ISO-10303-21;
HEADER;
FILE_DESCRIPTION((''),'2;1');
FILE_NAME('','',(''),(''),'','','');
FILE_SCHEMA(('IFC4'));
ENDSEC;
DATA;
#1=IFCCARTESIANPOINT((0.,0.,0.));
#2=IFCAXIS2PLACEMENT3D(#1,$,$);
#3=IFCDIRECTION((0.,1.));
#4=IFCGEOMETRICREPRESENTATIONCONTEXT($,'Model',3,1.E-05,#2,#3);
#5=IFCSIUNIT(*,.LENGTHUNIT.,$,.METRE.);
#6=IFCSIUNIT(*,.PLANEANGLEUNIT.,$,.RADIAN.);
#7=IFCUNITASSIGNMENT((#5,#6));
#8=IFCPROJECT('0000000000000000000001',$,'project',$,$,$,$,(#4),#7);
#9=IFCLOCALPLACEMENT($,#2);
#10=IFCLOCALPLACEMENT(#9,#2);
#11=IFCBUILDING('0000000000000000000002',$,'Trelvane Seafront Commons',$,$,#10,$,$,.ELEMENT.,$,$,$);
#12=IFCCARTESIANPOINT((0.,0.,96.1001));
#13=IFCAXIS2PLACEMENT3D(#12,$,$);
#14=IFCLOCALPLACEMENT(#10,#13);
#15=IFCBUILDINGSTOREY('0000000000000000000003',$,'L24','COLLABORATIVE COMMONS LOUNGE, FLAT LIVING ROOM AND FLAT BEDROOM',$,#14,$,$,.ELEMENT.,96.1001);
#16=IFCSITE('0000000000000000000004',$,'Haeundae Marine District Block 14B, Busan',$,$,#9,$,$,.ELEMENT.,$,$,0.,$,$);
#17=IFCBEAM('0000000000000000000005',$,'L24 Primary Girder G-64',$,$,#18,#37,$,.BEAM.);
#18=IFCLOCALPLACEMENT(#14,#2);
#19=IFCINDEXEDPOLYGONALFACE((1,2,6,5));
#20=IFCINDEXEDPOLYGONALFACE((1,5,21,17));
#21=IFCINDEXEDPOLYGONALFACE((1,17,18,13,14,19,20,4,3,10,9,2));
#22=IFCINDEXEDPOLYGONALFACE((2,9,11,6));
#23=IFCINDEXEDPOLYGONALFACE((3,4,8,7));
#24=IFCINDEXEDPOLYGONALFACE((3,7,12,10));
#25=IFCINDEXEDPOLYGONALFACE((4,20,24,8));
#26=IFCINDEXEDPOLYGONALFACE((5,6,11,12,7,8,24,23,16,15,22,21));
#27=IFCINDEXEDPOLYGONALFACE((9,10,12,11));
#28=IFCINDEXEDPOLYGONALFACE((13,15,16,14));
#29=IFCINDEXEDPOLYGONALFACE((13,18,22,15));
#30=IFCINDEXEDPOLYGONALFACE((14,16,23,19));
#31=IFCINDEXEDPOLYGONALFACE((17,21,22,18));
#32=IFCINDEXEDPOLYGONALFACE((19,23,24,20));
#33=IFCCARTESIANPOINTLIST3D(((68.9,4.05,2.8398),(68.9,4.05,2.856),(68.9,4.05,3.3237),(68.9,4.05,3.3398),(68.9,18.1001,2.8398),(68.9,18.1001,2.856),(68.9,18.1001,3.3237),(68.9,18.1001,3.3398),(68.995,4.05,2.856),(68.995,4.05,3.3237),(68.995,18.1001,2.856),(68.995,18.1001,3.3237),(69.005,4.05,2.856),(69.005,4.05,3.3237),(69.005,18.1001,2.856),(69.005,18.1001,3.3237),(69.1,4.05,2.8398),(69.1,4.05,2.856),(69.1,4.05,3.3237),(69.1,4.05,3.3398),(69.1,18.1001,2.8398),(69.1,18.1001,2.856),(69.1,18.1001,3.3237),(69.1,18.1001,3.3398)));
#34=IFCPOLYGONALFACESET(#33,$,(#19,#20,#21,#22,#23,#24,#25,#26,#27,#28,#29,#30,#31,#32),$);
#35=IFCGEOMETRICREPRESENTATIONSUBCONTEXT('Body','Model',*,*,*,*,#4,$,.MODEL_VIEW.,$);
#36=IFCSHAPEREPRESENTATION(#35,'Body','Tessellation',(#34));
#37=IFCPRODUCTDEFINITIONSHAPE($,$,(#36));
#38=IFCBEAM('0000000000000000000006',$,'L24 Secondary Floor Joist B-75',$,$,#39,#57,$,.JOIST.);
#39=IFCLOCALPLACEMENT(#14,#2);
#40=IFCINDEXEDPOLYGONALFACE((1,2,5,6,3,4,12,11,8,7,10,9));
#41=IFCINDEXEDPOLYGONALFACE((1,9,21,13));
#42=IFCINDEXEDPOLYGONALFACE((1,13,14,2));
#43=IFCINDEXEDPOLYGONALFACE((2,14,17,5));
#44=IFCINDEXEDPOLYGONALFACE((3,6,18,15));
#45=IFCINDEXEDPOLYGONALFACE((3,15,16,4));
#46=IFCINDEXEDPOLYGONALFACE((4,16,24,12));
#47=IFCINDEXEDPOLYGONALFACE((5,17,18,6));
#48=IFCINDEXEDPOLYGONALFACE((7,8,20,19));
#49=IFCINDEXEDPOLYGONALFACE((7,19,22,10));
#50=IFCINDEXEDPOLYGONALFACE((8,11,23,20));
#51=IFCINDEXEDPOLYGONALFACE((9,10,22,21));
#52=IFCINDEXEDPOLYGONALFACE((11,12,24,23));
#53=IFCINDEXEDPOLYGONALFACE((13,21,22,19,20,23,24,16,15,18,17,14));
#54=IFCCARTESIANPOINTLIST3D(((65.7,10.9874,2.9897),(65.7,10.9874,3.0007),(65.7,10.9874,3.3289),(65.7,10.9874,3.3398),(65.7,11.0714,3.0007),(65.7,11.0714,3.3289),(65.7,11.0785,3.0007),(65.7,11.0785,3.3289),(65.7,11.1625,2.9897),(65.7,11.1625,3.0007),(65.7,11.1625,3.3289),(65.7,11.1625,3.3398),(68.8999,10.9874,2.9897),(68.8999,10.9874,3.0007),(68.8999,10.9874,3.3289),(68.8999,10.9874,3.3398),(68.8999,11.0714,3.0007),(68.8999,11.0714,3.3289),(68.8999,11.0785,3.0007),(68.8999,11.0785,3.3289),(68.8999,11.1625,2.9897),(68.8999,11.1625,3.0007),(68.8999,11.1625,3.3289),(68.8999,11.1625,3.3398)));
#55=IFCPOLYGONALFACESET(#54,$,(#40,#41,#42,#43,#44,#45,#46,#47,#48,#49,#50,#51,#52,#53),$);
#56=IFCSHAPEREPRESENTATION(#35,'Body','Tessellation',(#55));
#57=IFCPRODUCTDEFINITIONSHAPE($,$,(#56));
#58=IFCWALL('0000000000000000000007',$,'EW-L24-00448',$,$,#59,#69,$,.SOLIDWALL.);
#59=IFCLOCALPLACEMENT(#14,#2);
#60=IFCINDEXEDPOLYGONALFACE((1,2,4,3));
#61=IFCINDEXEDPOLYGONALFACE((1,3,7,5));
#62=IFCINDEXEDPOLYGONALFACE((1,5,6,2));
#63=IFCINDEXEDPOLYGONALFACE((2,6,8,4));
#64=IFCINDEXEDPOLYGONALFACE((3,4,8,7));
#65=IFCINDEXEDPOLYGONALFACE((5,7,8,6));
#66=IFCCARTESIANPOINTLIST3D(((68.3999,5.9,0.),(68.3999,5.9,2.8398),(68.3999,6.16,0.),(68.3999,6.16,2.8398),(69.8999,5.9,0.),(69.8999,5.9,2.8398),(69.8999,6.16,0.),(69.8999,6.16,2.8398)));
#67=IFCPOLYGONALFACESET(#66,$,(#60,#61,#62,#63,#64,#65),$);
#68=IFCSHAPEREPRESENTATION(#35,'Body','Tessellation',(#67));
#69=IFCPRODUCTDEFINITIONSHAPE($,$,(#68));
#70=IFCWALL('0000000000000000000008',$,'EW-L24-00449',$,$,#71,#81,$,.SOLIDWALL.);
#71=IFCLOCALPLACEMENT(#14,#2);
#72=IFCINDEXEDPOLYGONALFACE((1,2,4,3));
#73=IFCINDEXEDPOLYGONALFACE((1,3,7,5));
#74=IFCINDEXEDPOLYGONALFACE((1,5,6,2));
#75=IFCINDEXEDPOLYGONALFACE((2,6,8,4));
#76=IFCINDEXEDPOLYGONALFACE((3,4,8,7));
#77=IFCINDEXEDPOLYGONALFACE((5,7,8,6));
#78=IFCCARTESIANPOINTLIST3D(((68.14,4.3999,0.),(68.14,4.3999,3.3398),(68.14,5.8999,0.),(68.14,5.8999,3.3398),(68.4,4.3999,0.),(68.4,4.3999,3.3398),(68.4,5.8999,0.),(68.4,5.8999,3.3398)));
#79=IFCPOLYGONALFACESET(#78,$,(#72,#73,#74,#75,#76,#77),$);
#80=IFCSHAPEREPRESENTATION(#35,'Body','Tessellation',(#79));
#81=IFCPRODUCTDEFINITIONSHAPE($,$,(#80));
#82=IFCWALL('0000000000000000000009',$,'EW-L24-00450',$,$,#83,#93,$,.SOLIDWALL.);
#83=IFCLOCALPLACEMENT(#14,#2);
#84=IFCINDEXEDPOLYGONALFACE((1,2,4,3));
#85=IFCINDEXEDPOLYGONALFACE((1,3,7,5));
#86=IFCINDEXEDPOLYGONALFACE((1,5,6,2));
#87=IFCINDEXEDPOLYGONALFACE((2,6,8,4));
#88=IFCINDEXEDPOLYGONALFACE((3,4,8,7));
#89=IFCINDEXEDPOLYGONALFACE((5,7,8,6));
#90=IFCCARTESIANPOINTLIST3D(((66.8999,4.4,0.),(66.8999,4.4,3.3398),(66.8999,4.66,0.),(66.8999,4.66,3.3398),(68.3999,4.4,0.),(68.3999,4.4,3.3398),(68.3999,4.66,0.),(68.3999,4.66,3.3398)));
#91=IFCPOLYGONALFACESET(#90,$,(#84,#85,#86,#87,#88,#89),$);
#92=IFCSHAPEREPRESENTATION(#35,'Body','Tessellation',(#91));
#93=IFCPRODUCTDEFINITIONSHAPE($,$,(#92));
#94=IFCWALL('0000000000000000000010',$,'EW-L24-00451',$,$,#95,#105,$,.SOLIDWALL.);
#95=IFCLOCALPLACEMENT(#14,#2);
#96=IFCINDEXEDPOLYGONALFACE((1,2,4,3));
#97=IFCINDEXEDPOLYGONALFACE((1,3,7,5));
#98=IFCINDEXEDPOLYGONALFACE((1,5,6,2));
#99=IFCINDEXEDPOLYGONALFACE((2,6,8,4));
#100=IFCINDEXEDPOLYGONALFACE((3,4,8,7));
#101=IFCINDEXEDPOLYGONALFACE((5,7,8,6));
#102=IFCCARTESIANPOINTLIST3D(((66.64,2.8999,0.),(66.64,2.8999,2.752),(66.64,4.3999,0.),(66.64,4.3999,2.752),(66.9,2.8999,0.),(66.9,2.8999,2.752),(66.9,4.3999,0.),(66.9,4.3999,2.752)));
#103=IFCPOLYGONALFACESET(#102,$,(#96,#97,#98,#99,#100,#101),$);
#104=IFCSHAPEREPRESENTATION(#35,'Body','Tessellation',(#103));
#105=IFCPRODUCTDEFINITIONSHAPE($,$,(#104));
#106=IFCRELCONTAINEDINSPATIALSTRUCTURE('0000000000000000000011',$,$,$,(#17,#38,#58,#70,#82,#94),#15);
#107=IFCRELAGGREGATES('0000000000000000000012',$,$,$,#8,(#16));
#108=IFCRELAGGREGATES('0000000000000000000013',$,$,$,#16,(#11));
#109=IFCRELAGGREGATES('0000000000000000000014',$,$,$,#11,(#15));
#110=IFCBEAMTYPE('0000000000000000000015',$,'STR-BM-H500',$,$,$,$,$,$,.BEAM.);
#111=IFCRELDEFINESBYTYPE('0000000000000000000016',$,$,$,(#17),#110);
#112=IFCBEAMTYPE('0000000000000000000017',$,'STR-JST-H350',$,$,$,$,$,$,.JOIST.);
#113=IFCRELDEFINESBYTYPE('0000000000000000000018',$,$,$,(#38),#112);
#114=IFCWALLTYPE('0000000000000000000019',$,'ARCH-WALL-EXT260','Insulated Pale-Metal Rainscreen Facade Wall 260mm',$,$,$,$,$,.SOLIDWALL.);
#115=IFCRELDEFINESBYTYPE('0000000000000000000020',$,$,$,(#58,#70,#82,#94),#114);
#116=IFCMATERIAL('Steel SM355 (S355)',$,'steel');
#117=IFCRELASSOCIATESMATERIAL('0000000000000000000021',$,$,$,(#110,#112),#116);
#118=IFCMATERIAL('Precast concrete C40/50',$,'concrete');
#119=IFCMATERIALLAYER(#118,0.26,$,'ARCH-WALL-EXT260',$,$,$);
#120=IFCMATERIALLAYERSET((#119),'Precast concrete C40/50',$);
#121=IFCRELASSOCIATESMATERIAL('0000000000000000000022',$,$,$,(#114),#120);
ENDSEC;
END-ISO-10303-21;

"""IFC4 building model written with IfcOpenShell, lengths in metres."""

from ifc_helpers import new_model, si_unit, direction, frame, frame_2d, origin, origin_2d, place, context, subcontext, project, spatial, rectangle, i_section, extrude, source, transform, mapped, material, layer, layer_set, material_profile, profile_set, type_object, element, save


model = new_model("IFC4")

# Units and contexts
model_context = context("Model", 3, precision=1e-05, world=origin(), true_north=direction((0.0, 1.0)))
body_context = subcontext(model_context, "Body", "Model", "MODEL_VIEW")
ifc_project = project(units=[si_unit("LENGTHUNIT", "METRE"), si_unit("PLANEANGLEUNIT", "RADIAN")], contexts=[model_context])

# Site, building, storey
site_placement = place(None, origin())
site = spatial("IfcSite", under=ifc_project, at=site_placement, Name="Haeundae Marine District Block 14B, Busan", CompositionType="ELEMENT", RefElevation=0.0)
building_placement = place(site_placement, origin())
building = spatial("IfcBuilding", under=site, at=building_placement, Name="Trelvane Seafront Commons", CompositionType="ELEMENT")
storey_placement = place(building_placement, frame((0.0, 0.0, 96.1001)))
storey = spatial("IfcBuildingStorey", under=building, at=storey_placement, Name="L24", Description="COLLABORATIVE COMMONS LOUNGE, FLAT LIVING ROOM AND FLAT BEDROOM", CompositionType="ELEMENT", Elevation=96.1001)

# Beams
ifc_material_1 = material(Name="Steel SM355 (S355)", Category="steel")
ifc_material_profile_1 = material_profile(ifc_material_1, i_section(OverallWidth=0.2, OverallDepth=0.5, WebThickness=0.01, FlangeThickness=0.0161, at=origin_2d()), Name="H-500x200x10x16")
ifc_profile_set_1 = profile_set([ifc_material_profile_1], Name="Steel SM355 (S355)")
beam_type_1 = type_object("IfcBeamType", Name="STR-BM-H500", PredefinedType="BEAM", material=ifc_profile_set_1)
shared_shape_1 = source(origin(), body_context, "Body", "SweptSolid", [
    extrude(i_section(OverallWidth=0.2, OverallDepth=0.5, WebThickness=0.01, FlangeThickness=0.0161, at=origin_2d()), origin(), (0.0, 0.0, 1.0), 14.05),
])
beam_1_placement = place(storey_placement, frame((69.0, 4.05, 3.0898), z_axis=(0.0, 1.0, 0.0), x_axis=(-1.0, 0.0, 0.0)))
element("IfcBeam", 1, at=beam_1_placement, inside=storey, type_object=beam_type_1, Name="L24 Primary Girder G-64", PredefinedType="BEAM", context=body_context, shape_type="MappedRepresentation", body=[
    mapped(shared_shape_1, transform((0.0, 0.0, 0.0), x_axis=(1.0, 0.0, 0.0), y_axis=(0.0, 1.0, 0.0), z_axis=(0.0, 0.0, 1.0), scale=1.0)),
])
ifc_material_profile_2 = material_profile(ifc_material_1, i_section(OverallWidth=0.175, OverallDepth=0.3501, WebThickness=0.0071, FlangeThickness=0.011, at=origin_2d()), Name="H-350x175x7x11")
ifc_profile_set_2 = profile_set([ifc_material_profile_2], Name="Steel SM355 (S355)")
beam_type_2 = type_object("IfcBeamType", Name="STR-JST-H350", PredefinedType="JOIST", material=ifc_profile_set_2)
shared_shape_2 = source(origin(), body_context, "Body", "SweptSolid", [
    extrude(i_section(OverallWidth=0.175, OverallDepth=0.3501, WebThickness=0.0071, FlangeThickness=0.011, at=origin_2d()), origin(), (0.0, 0.0, 1.0), 3.2),
])
beam_2_placement = place(storey_placement, frame((65.7, 11.075, 3.1648), z_axis=(1.0, 0.0, 0.0), x_axis=(0.0, 1.0, 0.0)))
element("IfcBeam", 2, at=beam_2_placement, inside=storey, type_object=beam_type_2, Name="L24 Secondary Floor Joist B-75", PredefinedType="JOIST", context=body_context, shape_type="MappedRepresentation", body=[
    mapped(shared_shape_2, transform((0.0, 0.0, 0.0), x_axis=(1.0, 0.0, 0.0), y_axis=(0.0, 1.0, 0.0), z_axis=(0.0, 0.0, 1.0), scale=1.0)),
])

# Walls
ifc_material_2 = material(Name="Precast concrete C40/50", Category="concrete")
ifc_layer_1 = layer(ifc_material_2, 0.26, Name="ARCH-WALL-EXT260")
ifc_layer_set_1 = layer_set([ifc_layer_1], Name="Precast concrete C40/50")
wall_type_1 = type_object("IfcWallType", Name="ARCH-WALL-EXT260", Description="Insulated Pale-Metal Rainscreen Facade Wall 260mm", PredefinedType="SOLIDWALL", material=ifc_layer_set_1)
wall_1_placement = place(storey_placement, frame((69.8999, 6.03, 0.0), z_axis=(0.0, 0.0, 1.0), x_axis=(-1.0, 0.0, 0.0)))
element("IfcWall", 3, at=wall_1_placement, inside=storey, type_object=wall_type_1, Name="EW-L24-00448", PredefinedType="SOLIDWALL", context=body_context, shape_type="SweptSolid", body=[
    extrude(rectangle(XDim=1.5, YDim=0.26, at=frame_2d((0.75, 0.0))), origin(), (0.0, 0.0, 1.0), 2.8398),
])
for number, where, z_axis, x_axis, name in (
    (4, (68.27, 5.8999, 0.0), (0.0, 0.0, 1.0), (0.0, -1.0, 0.0), "EW-L24-00449"),
    (5, (68.3999, 4.53, 0.0), (0.0, 0.0, 1.0), (-1.0, 0.0, 0.0), "EW-L24-00450"),
):
    element("IfcWall", number, at=place(storey_placement, frame(where, z_axis=z_axis, x_axis=x_axis)), inside=storey, type_object=wall_type_1, Name=name, PredefinedType="SOLIDWALL", context=body_context, shape_type="SweptSolid", body=[
        extrude(rectangle(XDim=1.5, YDim=0.26, at=frame_2d((0.75, 0.0))), origin(), (0.0, 0.0, 1.0), 3.3398),
    ])
wall_2_placement = place(storey_placement, frame((66.77, 4.3999, 0.0), z_axis=(0.0, 0.0, 1.0), x_axis=(0.0, -1.0, 0.0)))
element("IfcWall", 6, at=wall_2_placement, inside=storey, type_object=wall_type_1, Name="EW-L24-00451", PredefinedType="SOLIDWALL", context=body_context, shape_type="SweptSolid", body=[
    extrude(rectangle(XDim=1.5, YDim=0.26, at=frame_2d((0.75, 0.0))), origin(), (0.0, 0.0, 1.0), 2.752),
])

save(model, "model.ifc")
